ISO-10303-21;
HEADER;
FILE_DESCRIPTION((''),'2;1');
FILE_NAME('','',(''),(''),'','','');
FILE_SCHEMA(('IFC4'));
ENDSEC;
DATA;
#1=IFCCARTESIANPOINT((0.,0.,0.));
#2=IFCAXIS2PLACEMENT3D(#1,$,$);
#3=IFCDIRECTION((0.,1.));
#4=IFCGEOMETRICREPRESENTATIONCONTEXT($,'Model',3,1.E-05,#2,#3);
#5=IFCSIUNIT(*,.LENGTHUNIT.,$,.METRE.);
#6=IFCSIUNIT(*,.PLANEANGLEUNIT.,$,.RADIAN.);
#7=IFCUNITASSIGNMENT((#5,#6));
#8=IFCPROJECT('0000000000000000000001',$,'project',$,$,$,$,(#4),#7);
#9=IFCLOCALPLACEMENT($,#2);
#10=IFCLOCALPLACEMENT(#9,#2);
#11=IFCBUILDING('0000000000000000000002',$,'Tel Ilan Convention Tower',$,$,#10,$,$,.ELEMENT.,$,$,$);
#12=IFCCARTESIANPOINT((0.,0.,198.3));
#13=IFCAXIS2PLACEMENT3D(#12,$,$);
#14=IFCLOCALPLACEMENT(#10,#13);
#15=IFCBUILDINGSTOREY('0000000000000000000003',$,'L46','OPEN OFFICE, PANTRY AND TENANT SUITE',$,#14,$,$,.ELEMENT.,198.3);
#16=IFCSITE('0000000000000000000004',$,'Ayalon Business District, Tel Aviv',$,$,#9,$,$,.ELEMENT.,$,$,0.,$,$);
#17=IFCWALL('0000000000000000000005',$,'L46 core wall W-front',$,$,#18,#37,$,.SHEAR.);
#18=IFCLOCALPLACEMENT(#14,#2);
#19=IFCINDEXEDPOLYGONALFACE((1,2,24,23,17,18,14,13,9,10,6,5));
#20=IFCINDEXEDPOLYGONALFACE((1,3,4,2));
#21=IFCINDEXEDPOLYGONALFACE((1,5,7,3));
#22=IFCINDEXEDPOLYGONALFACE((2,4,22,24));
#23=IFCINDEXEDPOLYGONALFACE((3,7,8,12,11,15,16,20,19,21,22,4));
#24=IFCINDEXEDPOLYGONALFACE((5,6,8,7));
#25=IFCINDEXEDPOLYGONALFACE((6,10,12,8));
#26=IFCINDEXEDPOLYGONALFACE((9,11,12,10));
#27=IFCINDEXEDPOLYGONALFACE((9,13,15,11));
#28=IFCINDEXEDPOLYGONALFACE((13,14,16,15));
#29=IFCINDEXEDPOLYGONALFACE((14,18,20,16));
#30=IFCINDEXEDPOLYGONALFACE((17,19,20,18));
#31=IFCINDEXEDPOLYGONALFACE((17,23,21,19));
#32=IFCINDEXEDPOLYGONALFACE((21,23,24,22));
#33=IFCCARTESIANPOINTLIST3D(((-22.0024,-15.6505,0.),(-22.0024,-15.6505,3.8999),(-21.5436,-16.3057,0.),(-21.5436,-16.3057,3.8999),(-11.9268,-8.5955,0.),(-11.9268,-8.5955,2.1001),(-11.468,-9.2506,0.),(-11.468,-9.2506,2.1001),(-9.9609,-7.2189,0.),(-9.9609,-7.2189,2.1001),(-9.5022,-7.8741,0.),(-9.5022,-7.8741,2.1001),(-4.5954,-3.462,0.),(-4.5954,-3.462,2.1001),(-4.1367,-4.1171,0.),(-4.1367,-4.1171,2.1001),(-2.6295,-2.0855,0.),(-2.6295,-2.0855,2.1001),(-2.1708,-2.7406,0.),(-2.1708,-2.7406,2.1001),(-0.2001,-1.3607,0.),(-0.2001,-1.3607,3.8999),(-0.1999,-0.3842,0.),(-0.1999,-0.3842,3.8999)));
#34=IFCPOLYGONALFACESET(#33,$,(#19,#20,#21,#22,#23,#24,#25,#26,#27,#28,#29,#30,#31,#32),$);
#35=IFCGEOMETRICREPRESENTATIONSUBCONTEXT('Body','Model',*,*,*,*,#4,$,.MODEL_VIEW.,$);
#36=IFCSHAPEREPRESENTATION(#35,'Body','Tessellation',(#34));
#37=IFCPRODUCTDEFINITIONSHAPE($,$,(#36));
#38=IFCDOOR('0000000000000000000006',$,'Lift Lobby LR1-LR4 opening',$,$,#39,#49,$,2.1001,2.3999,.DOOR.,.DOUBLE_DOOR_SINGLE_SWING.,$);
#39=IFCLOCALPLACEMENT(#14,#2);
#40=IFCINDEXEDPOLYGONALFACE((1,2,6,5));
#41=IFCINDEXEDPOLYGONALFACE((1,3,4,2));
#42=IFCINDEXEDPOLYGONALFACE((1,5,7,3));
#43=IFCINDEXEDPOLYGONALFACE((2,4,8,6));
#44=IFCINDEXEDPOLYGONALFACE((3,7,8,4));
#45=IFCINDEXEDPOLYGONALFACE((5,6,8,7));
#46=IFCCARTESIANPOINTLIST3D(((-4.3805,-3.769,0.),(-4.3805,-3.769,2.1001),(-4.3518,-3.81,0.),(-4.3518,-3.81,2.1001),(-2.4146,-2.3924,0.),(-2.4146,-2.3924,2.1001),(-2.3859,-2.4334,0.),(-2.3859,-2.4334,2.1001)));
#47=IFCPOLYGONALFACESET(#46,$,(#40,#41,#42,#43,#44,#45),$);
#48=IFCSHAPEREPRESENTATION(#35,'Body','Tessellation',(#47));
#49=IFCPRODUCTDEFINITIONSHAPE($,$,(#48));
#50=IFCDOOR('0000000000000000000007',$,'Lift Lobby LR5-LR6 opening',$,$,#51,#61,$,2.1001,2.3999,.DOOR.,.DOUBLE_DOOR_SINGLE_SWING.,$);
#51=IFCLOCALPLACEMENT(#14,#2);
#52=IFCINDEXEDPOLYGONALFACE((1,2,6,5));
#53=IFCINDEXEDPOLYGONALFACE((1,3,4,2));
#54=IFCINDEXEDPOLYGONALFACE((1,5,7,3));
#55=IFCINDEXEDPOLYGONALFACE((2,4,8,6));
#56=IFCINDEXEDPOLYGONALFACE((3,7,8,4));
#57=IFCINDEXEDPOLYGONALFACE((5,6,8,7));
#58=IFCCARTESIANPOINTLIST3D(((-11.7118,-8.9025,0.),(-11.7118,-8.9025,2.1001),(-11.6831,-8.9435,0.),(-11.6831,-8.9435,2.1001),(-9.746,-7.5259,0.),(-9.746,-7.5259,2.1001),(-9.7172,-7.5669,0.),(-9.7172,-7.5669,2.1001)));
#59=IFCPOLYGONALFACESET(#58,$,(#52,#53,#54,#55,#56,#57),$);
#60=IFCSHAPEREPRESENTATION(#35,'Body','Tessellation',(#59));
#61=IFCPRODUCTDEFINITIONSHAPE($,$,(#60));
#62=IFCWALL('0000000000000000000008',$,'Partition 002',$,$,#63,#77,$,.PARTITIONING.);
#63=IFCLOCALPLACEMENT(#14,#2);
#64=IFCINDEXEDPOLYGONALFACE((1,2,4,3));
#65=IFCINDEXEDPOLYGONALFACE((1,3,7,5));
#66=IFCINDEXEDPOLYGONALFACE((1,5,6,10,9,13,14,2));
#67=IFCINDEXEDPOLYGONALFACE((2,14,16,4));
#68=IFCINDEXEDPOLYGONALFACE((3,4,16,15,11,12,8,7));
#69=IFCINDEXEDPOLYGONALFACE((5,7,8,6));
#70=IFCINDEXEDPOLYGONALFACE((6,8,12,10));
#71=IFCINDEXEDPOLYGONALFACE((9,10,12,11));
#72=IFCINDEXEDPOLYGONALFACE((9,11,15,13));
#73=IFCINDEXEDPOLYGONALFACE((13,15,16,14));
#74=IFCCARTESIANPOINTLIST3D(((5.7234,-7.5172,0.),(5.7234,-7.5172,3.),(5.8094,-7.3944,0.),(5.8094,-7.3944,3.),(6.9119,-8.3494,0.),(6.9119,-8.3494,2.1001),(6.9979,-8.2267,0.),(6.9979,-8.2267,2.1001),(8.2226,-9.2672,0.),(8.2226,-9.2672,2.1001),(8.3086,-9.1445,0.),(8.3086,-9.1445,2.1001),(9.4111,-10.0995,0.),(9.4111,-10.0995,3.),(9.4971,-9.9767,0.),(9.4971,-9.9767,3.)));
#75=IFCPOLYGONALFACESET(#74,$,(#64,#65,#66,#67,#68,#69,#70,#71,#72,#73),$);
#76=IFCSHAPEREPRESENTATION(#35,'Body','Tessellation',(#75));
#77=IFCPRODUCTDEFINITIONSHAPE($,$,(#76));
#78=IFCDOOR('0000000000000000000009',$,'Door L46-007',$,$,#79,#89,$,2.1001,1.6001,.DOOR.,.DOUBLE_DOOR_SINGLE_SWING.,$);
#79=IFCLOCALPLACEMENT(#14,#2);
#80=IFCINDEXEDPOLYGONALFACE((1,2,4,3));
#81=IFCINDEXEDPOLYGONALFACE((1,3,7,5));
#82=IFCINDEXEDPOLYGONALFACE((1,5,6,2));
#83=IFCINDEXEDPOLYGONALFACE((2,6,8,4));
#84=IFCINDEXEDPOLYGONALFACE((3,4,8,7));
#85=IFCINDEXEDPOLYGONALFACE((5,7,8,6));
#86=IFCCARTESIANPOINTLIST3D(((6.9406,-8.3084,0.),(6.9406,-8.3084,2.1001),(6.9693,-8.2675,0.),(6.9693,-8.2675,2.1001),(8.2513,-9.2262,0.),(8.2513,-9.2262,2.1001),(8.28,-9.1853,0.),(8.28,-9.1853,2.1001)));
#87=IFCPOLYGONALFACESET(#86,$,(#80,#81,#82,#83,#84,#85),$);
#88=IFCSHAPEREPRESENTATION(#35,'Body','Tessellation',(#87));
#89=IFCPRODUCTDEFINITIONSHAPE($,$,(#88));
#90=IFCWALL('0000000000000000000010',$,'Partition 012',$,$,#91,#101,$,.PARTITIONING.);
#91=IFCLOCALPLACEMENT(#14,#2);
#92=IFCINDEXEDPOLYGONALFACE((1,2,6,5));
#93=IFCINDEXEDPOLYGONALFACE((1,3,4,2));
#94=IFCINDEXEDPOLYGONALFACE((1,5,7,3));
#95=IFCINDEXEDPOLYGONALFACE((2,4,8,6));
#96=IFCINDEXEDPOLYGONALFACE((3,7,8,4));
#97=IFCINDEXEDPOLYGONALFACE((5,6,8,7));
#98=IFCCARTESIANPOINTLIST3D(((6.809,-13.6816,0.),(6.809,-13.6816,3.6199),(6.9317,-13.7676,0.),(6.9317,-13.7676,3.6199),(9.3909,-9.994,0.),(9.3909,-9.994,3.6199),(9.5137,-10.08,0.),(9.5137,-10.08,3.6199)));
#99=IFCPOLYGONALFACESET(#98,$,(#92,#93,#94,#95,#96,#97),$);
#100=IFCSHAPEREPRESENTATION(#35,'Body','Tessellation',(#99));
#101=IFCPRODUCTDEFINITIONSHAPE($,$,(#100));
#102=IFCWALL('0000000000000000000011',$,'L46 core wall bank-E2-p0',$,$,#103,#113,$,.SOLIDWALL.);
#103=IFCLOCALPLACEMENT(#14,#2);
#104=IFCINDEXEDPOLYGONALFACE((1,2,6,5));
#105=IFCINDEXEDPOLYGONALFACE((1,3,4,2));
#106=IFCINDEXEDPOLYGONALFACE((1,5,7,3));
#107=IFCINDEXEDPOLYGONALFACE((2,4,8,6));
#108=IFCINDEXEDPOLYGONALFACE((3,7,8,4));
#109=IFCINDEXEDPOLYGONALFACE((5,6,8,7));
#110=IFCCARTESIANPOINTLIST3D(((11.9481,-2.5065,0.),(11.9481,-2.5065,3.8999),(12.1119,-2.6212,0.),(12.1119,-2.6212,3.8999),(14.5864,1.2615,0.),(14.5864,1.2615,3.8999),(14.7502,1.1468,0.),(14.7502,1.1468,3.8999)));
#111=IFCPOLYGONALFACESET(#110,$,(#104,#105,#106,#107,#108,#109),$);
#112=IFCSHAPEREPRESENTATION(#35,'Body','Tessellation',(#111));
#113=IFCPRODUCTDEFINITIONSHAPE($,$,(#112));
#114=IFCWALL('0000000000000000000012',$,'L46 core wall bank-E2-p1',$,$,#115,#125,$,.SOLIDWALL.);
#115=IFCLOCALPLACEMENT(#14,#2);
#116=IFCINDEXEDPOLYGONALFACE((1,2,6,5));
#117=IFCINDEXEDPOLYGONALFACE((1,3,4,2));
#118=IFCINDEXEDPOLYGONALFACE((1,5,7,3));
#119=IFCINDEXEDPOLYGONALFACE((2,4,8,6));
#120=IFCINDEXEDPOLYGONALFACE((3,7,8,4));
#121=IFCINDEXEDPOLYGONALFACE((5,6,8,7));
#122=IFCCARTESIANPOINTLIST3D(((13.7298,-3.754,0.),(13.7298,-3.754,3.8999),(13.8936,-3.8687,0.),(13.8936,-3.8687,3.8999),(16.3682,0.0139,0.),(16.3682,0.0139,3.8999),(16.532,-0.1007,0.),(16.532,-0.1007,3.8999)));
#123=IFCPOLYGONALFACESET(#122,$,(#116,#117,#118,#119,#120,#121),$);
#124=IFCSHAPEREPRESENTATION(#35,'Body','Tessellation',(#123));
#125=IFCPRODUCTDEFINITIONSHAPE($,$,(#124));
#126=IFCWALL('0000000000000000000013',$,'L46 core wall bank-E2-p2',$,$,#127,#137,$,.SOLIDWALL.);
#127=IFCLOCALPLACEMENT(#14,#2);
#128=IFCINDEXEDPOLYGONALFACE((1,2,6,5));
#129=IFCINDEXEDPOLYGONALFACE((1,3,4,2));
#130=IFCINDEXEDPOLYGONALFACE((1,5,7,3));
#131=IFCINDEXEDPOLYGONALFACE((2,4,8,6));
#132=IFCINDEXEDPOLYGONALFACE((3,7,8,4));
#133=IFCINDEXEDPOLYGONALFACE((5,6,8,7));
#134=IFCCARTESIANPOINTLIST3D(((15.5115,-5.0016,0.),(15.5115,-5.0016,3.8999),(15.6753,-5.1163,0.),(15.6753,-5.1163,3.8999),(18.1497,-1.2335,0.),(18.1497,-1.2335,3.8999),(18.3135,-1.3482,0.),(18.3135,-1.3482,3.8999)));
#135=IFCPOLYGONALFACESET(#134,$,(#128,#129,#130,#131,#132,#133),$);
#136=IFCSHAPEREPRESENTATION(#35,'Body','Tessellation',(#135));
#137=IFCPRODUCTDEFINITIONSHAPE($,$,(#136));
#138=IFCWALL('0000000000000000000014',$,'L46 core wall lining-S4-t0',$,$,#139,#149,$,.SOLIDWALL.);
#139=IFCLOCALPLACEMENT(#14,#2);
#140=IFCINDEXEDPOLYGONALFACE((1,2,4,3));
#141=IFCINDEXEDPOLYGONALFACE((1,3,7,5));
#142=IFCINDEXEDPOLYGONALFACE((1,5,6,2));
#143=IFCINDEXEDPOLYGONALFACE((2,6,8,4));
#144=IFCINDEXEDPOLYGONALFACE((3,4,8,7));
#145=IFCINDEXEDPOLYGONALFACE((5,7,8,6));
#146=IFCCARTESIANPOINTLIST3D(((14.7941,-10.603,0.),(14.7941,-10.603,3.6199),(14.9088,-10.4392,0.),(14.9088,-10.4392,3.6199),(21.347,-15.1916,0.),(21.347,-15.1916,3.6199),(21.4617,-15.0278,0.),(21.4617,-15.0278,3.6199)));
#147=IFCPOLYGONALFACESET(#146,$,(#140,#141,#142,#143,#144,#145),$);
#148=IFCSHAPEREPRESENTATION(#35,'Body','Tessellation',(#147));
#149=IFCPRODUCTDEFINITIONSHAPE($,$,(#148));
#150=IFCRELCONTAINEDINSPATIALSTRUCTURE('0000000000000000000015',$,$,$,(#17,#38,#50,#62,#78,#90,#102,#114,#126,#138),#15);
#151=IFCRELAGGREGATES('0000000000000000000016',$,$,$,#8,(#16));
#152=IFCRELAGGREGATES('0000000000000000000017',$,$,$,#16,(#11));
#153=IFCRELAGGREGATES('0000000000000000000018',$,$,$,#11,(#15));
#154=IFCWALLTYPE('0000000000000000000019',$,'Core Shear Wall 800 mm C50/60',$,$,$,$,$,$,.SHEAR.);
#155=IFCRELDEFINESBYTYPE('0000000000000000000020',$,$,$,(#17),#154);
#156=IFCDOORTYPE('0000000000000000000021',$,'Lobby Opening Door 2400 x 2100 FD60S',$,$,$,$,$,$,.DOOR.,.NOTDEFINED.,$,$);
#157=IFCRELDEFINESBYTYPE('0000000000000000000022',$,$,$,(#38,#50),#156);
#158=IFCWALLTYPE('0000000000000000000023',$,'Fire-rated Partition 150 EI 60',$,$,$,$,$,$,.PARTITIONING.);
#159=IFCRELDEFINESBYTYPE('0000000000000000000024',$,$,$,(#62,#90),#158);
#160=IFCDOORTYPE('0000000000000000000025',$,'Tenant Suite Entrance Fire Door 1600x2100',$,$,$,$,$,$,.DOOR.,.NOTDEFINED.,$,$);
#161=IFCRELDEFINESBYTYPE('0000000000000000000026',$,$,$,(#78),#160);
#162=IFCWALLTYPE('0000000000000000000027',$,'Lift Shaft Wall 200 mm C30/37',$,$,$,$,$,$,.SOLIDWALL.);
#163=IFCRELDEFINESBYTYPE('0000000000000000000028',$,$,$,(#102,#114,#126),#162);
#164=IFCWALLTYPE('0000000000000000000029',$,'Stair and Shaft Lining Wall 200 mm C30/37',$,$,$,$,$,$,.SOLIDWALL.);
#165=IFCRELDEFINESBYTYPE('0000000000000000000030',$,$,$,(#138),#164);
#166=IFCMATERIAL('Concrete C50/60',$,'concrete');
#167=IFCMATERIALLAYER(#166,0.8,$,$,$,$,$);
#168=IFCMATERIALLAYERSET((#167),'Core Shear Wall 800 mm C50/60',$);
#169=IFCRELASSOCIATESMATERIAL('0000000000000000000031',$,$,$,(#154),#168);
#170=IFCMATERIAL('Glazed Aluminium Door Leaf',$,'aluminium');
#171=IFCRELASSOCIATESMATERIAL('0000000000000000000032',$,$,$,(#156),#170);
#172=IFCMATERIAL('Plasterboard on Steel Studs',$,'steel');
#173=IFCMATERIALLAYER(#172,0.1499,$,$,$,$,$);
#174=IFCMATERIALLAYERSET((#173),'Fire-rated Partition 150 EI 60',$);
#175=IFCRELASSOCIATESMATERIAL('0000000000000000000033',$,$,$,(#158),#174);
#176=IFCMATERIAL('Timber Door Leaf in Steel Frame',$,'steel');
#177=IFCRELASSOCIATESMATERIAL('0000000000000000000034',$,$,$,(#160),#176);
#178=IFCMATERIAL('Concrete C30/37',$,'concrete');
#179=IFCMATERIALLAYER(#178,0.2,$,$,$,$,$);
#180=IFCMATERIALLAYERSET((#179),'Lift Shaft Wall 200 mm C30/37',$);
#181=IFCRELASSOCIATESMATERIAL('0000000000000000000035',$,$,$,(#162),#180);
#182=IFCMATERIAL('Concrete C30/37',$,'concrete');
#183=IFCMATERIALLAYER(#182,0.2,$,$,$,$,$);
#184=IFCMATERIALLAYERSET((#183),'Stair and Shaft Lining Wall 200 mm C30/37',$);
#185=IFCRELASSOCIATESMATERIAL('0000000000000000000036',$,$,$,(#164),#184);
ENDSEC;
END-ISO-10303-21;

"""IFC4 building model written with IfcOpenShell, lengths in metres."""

from ifc_helpers import new_model, si_unit, direction, frame, frame_2d, origin, place, context, subcontext, project, spatial, polyline, rectangle, outline, extrude, material, layer, layer_set, type_object, element, fill, save


model = new_model("IFC4")

# Units and contexts
model_context = context("Model", 3, precision=1e-05, world=origin(), true_north=direction((0.0, 1.0)))
body_context = subcontext(model_context, "Body", "Model", "MODEL_VIEW")
ifc_project = project(units=[si_unit("LENGTHUNIT", "METRE"), si_unit("PLANEANGLEUNIT", "RADIAN")], contexts=[model_context])

# Site, building, storey
site_placement = place(None, origin())
site = spatial("IfcSite", under=ifc_project, at=site_placement, Name="Ayalon Business District, Tel Aviv", CompositionType="ELEMENT", RefElevation=0.0)
building_placement = place(site_placement, origin())
building = spatial("IfcBuilding", under=site, at=building_placement, Name="Tel Ilan Convention Tower", CompositionType="ELEMENT")
storey_placement = place(building_placement, frame((0.0, 0.0, 198.3)))
storey = spatial("IfcBuildingStorey", under=building, at=storey_placement, Name="L46", Description="OPEN OFFICE, PANTRY AND TENANT SUITE", CompositionType="ELEMENT", Elevation=198.3)

# Wall, openings, doors
ifc_material_1 = material(Name="Concrete C50/60", Category="concrete")
ifc_layer_1 = layer(ifc_material_1, 0.8)
ifc_layer_set_1 = layer_set([ifc_layer_1], Name="Core Shear Wall 800 mm C50/60")
wall_type_1 = type_object("IfcWallType", Name="Core Shear Wall 800 mm C50/60", PredefinedType="SHEAR", material=ifc_layer_set_1)
wall_1_placement = place(storey_placement, frame((0.0293, -0.7119, 0.0), z_axis=(0.0, 0.0, 1.0), x_axis=(-0.819152, -0.573577, 0.0)))
wall_1 = element("IfcWall", 1, at=wall_1_placement, inside=storey, type_object=wall_type_1, Name="L46 core wall W-front", PredefinedType="SHEAR", context=body_context, shape_type="SweptSolid", body=[
    extrude(outline(polyline([(26.6157, 0.3999), (0.5601, 0.3999), (-0.0002, -0.3999), (26.6157, -0.3999), (26.6157, 0.3999)])), origin(), (0.0, 0.0, 1.0), 3.8999),
])
opening_1_placement = place(wall_1_placement, frame((2.9658, 0.0, 0.0)))
opening_1 = element("IfcOpeningElement", 2, at=opening_1_placement, cuts=wall_1, PredefinedType="OPENING", context=body_context, shape_type="SweptSolid", body=[
    extrude(rectangle(XDim=2.3999, YDim=2.1001, at=frame_2d((1.2, 1.05))), frame((0.0, 0.4099, 0.0), z_axis=(0.0, -1.0, 0.0), x_axis=(1.0, 0.0, 0.0)), (0.0, 0.0, 1.0), 0.8201),
])
opening_2_placement = place(wall_1_placement, frame((11.9158, 0.0, 0.0)))
opening_2 = element("IfcOpeningElement", 3, at=opening_2_placement, cuts=wall_1, PredefinedType="OPENING", context=body_context, shape_type="SweptSolid", body=[
    extrude(rectangle(XDim=2.3999, YDim=2.1001, at=frame_2d((1.2, 1.05))), frame((0.0, 0.4099, 0.0), z_axis=(0.0, -1.0, 0.0), x_axis=(1.0, 0.0, 0.0)), (0.0, 0.0, 1.0), 0.8201),
])
ifc_material_2 = material(Name="Glazed Aluminium Door Leaf", Category="aluminium")
door_type_1 = type_object("IfcDoorType", Name="Lobby Opening Door 2400 x 2100 FD60S", OperationType="NOTDEFINED", PredefinedType="DOOR", material=ifc_material_2)
door_1_placement = place(opening_1_placement, origin())
door_1 = element("IfcDoor", 4, at=door_1_placement, inside=storey, type_object=door_type_1, Name="Lift Lobby LR1-LR4 opening", OperationType="DOUBLE_DOOR_SINGLE_SWING", OverallHeight=2.1001, OverallWidth=2.3999, PredefinedType="DOOR", context=body_context, shape_type="SweptSolid", body=[
    extrude(rectangle(XDim=2.3999, YDim=2.1001, at=frame_2d((1.2, 1.05))), frame((0.0, 0.0249, 0.0), z_axis=(0.0, -1.0, 0.0), x_axis=(1.0, 0.0, 0.0)), (0.0, 0.0, 1.0), 0.05),
])
fill(opening_1, door_1)
door_2_placement = place(opening_2_placement, origin())
door_2 = element("IfcDoor", 5, at=door_2_placement, inside=storey, type_object=door_type_1, Name="Lift Lobby LR5-LR6 opening", OperationType="DOUBLE_DOOR_SINGLE_SWING", OverallHeight=2.1001, OverallWidth=2.3999, PredefinedType="DOOR", context=body_context, shape_type="SweptSolid", body=[
    extrude(rectangle(XDim=2.3999, YDim=2.1001, at=frame_2d((1.2, 1.05))), frame((0.0, 0.0249, 0.0), z_axis=(0.0, -1.0, 0.0), x_axis=(1.0, 0.0, 0.0)), (0.0, 0.0, 1.0), 0.05),
])
fill(opening_2, door_2)

# Wall, opening, door
ifc_material_3 = material(Name="Plasterboard on Steel Studs", Category="steel")
ifc_layer_2 = layer(ifc_material_3, 0.1499)
ifc_layer_set_2 = layer_set([ifc_layer_2], Name="Fire-rated Partition 150 EI 60")
wall_type_2 = type_object("IfcWallType", Name="Fire-rated Partition 150 EI 60", PredefinedType="PARTITIONING", material=ifc_layer_set_2)
wall_2_placement = place(storey_placement, frame((9.4541, -10.0381, 0.0), z_axis=(0.0, 0.0, 1.0), x_axis=(-0.819143, 0.57359, 0.0)))
wall_2 = element("IfcWall", 6, at=wall_2_placement, inside=storey, type_object=wall_type_2, Name="Partition 002", PredefinedType="PARTITIONING", context=body_context, shape_type="SweptSolid", body=[
    extrude(rectangle(XDim=4.502, YDim=0.1499, at=frame_2d((2.251, 0.0))), origin(), (0.0, 0.0, 1.0), 3.0),
])
opening_3_placement = place(wall_2_placement, frame((1.4509, 0.0, 0.0)))
opening_3 = element("IfcOpeningElement", 7, at=opening_3_placement, cuts=wall_2, PredefinedType="OPENING", context=body_context, shape_type="SweptSolid", body=[
    extrude(rectangle(XDim=1.6001, YDim=2.1001, at=frame_2d((0.8, 1.05))), frame((0.0, 0.085, 0.0), z_axis=(0.0, -1.0, 0.0), x_axis=(1.0, 0.0, 0.0)), (0.0, 0.0, 1.0), 0.1699),
])
ifc_material_4 = material(Name="Timber Door Leaf in Steel Frame", Category="steel")
door_type_2 = type_object("IfcDoorType", Name="Tenant Suite Entrance Fire Door 1600x2100", OperationType="NOTDEFINED", PredefinedType="DOOR", material=ifc_material_4)
door_3_placement = place(opening_3_placement, origin())
door_3 = element("IfcDoor", 8, at=door_3_placement, inside=storey, type_object=door_type_2, Name="Door L46-007", OperationType="DOUBLE_DOOR_SINGLE_SWING", OverallHeight=2.1001, OverallWidth=1.6001, PredefinedType="DOOR", context=body_context, shape_type="SweptSolid", body=[
    extrude(rectangle(XDim=1.6001, YDim=2.1001, at=frame_2d((0.8, 1.05))), frame((0.0, 0.0249, 0.0), z_axis=(0.0, -1.0, 0.0), x_axis=(1.0, 0.0, 0.0)), (0.0, 0.0, 1.0), 0.05),
])
fill(opening_3, door_3)

# Walls
wall_3_placement = place(storey_placement, frame((9.4524, -10.0369, 0.0), z_axis=(0.0, 0.0, 1.0), x_axis=(-0.573553, -0.819168, 0.0)))
element("IfcWall", 9, at=wall_3_placement, inside=storey, type_object=wall_type_2, Name="Partition 012", PredefinedType="PARTITIONING", context=body_context, shape_type="SweptSolid", body=[
    extrude(rectangle(XDim=4.5017, YDim=0.1499, at=frame_2d((2.251, 0.0))), origin(), (0.0, 0.0, 1.0), 3.6199),
])
ifc_material_5 = material(Name="Concrete C30/37", Category="concrete")
ifc_layer_3 = layer(ifc_material_5, 0.2)
ifc_layer_set_3 = layer_set([ifc_layer_3], Name="Lift Shaft Wall 200 mm C30/37")
wall_type_3 = type_object("IfcWallType", Name="Lift Shaft Wall 200 mm C30/37", PredefinedType="SOLIDWALL", material=ifc_layer_set_3)
for number, where, z_axis, x_axis, name in (
    (10, (12.03, -2.5637, 0.0), (0.0, 0.0, 1.0), (0.573576, 0.819152, 0.0), "L46 core wall bank-E2-p0"),
    (11, (13.8118, -3.8113, 0.0), (0.0, 0.0, 1.0), (0.573576, 0.819152, 0.0), "L46 core wall bank-E2-p1"),
    (12, (15.5935, -5.0588, 0.0), (0.0, 0.0, 1.0), (0.573541, 0.819177, 0.0), "L46 core wall bank-E2-p2"),
):
    element("IfcWall", number, at=place(storey_placement, frame(where, z_axis=z_axis, x_axis=x_axis)), inside=storey, type_object=wall_type_3, Name=name, PredefinedType="SOLIDWALL", context=body_context, shape_type="SweptSolid", body=[
        extrude(rectangle(XDim=4.5999, YDim=0.2, at=frame_2d((2.2998, 0.0))), origin(), (0.0, 0.0, 1.0), 3.8999),
    ])
ifc_material_6 = material(Name="Concrete C30/37", Category="concrete")
ifc_layer_4 = layer(ifc_material_6, 0.2)
ifc_layer_set_4 = layer_set([ifc_layer_4], Name="Stair and Shaft Lining Wall 200 mm C30/37")
wall_type_4 = type_object("IfcWallType", Name="Stair and Shaft Lining Wall 200 mm C30/37", PredefinedType="SOLIDWALL", material=ifc_layer_set_4)
wall_4_placement = place(storey_placement, frame((14.8513, -10.521, 0.0), z_axis=(0.0, 0.0, 1.0), x_axis=(0.819142, -0.573591, 0.0)))
element("IfcWall", 13, at=wall_4_placement, inside=storey, type_object=wall_type_4, Name="L46 core wall lining-S4-t0", PredefinedType="SOLIDWALL", context=body_context, shape_type="SweptSolid", body=[
    extrude(rectangle(XDim=7.9998, YDim=0.2, at=frame_2d((4.0, 0.0))), origin(), (0.0, 0.0, 1.0), 3.6199),
])

save(model, "model.ifc")
